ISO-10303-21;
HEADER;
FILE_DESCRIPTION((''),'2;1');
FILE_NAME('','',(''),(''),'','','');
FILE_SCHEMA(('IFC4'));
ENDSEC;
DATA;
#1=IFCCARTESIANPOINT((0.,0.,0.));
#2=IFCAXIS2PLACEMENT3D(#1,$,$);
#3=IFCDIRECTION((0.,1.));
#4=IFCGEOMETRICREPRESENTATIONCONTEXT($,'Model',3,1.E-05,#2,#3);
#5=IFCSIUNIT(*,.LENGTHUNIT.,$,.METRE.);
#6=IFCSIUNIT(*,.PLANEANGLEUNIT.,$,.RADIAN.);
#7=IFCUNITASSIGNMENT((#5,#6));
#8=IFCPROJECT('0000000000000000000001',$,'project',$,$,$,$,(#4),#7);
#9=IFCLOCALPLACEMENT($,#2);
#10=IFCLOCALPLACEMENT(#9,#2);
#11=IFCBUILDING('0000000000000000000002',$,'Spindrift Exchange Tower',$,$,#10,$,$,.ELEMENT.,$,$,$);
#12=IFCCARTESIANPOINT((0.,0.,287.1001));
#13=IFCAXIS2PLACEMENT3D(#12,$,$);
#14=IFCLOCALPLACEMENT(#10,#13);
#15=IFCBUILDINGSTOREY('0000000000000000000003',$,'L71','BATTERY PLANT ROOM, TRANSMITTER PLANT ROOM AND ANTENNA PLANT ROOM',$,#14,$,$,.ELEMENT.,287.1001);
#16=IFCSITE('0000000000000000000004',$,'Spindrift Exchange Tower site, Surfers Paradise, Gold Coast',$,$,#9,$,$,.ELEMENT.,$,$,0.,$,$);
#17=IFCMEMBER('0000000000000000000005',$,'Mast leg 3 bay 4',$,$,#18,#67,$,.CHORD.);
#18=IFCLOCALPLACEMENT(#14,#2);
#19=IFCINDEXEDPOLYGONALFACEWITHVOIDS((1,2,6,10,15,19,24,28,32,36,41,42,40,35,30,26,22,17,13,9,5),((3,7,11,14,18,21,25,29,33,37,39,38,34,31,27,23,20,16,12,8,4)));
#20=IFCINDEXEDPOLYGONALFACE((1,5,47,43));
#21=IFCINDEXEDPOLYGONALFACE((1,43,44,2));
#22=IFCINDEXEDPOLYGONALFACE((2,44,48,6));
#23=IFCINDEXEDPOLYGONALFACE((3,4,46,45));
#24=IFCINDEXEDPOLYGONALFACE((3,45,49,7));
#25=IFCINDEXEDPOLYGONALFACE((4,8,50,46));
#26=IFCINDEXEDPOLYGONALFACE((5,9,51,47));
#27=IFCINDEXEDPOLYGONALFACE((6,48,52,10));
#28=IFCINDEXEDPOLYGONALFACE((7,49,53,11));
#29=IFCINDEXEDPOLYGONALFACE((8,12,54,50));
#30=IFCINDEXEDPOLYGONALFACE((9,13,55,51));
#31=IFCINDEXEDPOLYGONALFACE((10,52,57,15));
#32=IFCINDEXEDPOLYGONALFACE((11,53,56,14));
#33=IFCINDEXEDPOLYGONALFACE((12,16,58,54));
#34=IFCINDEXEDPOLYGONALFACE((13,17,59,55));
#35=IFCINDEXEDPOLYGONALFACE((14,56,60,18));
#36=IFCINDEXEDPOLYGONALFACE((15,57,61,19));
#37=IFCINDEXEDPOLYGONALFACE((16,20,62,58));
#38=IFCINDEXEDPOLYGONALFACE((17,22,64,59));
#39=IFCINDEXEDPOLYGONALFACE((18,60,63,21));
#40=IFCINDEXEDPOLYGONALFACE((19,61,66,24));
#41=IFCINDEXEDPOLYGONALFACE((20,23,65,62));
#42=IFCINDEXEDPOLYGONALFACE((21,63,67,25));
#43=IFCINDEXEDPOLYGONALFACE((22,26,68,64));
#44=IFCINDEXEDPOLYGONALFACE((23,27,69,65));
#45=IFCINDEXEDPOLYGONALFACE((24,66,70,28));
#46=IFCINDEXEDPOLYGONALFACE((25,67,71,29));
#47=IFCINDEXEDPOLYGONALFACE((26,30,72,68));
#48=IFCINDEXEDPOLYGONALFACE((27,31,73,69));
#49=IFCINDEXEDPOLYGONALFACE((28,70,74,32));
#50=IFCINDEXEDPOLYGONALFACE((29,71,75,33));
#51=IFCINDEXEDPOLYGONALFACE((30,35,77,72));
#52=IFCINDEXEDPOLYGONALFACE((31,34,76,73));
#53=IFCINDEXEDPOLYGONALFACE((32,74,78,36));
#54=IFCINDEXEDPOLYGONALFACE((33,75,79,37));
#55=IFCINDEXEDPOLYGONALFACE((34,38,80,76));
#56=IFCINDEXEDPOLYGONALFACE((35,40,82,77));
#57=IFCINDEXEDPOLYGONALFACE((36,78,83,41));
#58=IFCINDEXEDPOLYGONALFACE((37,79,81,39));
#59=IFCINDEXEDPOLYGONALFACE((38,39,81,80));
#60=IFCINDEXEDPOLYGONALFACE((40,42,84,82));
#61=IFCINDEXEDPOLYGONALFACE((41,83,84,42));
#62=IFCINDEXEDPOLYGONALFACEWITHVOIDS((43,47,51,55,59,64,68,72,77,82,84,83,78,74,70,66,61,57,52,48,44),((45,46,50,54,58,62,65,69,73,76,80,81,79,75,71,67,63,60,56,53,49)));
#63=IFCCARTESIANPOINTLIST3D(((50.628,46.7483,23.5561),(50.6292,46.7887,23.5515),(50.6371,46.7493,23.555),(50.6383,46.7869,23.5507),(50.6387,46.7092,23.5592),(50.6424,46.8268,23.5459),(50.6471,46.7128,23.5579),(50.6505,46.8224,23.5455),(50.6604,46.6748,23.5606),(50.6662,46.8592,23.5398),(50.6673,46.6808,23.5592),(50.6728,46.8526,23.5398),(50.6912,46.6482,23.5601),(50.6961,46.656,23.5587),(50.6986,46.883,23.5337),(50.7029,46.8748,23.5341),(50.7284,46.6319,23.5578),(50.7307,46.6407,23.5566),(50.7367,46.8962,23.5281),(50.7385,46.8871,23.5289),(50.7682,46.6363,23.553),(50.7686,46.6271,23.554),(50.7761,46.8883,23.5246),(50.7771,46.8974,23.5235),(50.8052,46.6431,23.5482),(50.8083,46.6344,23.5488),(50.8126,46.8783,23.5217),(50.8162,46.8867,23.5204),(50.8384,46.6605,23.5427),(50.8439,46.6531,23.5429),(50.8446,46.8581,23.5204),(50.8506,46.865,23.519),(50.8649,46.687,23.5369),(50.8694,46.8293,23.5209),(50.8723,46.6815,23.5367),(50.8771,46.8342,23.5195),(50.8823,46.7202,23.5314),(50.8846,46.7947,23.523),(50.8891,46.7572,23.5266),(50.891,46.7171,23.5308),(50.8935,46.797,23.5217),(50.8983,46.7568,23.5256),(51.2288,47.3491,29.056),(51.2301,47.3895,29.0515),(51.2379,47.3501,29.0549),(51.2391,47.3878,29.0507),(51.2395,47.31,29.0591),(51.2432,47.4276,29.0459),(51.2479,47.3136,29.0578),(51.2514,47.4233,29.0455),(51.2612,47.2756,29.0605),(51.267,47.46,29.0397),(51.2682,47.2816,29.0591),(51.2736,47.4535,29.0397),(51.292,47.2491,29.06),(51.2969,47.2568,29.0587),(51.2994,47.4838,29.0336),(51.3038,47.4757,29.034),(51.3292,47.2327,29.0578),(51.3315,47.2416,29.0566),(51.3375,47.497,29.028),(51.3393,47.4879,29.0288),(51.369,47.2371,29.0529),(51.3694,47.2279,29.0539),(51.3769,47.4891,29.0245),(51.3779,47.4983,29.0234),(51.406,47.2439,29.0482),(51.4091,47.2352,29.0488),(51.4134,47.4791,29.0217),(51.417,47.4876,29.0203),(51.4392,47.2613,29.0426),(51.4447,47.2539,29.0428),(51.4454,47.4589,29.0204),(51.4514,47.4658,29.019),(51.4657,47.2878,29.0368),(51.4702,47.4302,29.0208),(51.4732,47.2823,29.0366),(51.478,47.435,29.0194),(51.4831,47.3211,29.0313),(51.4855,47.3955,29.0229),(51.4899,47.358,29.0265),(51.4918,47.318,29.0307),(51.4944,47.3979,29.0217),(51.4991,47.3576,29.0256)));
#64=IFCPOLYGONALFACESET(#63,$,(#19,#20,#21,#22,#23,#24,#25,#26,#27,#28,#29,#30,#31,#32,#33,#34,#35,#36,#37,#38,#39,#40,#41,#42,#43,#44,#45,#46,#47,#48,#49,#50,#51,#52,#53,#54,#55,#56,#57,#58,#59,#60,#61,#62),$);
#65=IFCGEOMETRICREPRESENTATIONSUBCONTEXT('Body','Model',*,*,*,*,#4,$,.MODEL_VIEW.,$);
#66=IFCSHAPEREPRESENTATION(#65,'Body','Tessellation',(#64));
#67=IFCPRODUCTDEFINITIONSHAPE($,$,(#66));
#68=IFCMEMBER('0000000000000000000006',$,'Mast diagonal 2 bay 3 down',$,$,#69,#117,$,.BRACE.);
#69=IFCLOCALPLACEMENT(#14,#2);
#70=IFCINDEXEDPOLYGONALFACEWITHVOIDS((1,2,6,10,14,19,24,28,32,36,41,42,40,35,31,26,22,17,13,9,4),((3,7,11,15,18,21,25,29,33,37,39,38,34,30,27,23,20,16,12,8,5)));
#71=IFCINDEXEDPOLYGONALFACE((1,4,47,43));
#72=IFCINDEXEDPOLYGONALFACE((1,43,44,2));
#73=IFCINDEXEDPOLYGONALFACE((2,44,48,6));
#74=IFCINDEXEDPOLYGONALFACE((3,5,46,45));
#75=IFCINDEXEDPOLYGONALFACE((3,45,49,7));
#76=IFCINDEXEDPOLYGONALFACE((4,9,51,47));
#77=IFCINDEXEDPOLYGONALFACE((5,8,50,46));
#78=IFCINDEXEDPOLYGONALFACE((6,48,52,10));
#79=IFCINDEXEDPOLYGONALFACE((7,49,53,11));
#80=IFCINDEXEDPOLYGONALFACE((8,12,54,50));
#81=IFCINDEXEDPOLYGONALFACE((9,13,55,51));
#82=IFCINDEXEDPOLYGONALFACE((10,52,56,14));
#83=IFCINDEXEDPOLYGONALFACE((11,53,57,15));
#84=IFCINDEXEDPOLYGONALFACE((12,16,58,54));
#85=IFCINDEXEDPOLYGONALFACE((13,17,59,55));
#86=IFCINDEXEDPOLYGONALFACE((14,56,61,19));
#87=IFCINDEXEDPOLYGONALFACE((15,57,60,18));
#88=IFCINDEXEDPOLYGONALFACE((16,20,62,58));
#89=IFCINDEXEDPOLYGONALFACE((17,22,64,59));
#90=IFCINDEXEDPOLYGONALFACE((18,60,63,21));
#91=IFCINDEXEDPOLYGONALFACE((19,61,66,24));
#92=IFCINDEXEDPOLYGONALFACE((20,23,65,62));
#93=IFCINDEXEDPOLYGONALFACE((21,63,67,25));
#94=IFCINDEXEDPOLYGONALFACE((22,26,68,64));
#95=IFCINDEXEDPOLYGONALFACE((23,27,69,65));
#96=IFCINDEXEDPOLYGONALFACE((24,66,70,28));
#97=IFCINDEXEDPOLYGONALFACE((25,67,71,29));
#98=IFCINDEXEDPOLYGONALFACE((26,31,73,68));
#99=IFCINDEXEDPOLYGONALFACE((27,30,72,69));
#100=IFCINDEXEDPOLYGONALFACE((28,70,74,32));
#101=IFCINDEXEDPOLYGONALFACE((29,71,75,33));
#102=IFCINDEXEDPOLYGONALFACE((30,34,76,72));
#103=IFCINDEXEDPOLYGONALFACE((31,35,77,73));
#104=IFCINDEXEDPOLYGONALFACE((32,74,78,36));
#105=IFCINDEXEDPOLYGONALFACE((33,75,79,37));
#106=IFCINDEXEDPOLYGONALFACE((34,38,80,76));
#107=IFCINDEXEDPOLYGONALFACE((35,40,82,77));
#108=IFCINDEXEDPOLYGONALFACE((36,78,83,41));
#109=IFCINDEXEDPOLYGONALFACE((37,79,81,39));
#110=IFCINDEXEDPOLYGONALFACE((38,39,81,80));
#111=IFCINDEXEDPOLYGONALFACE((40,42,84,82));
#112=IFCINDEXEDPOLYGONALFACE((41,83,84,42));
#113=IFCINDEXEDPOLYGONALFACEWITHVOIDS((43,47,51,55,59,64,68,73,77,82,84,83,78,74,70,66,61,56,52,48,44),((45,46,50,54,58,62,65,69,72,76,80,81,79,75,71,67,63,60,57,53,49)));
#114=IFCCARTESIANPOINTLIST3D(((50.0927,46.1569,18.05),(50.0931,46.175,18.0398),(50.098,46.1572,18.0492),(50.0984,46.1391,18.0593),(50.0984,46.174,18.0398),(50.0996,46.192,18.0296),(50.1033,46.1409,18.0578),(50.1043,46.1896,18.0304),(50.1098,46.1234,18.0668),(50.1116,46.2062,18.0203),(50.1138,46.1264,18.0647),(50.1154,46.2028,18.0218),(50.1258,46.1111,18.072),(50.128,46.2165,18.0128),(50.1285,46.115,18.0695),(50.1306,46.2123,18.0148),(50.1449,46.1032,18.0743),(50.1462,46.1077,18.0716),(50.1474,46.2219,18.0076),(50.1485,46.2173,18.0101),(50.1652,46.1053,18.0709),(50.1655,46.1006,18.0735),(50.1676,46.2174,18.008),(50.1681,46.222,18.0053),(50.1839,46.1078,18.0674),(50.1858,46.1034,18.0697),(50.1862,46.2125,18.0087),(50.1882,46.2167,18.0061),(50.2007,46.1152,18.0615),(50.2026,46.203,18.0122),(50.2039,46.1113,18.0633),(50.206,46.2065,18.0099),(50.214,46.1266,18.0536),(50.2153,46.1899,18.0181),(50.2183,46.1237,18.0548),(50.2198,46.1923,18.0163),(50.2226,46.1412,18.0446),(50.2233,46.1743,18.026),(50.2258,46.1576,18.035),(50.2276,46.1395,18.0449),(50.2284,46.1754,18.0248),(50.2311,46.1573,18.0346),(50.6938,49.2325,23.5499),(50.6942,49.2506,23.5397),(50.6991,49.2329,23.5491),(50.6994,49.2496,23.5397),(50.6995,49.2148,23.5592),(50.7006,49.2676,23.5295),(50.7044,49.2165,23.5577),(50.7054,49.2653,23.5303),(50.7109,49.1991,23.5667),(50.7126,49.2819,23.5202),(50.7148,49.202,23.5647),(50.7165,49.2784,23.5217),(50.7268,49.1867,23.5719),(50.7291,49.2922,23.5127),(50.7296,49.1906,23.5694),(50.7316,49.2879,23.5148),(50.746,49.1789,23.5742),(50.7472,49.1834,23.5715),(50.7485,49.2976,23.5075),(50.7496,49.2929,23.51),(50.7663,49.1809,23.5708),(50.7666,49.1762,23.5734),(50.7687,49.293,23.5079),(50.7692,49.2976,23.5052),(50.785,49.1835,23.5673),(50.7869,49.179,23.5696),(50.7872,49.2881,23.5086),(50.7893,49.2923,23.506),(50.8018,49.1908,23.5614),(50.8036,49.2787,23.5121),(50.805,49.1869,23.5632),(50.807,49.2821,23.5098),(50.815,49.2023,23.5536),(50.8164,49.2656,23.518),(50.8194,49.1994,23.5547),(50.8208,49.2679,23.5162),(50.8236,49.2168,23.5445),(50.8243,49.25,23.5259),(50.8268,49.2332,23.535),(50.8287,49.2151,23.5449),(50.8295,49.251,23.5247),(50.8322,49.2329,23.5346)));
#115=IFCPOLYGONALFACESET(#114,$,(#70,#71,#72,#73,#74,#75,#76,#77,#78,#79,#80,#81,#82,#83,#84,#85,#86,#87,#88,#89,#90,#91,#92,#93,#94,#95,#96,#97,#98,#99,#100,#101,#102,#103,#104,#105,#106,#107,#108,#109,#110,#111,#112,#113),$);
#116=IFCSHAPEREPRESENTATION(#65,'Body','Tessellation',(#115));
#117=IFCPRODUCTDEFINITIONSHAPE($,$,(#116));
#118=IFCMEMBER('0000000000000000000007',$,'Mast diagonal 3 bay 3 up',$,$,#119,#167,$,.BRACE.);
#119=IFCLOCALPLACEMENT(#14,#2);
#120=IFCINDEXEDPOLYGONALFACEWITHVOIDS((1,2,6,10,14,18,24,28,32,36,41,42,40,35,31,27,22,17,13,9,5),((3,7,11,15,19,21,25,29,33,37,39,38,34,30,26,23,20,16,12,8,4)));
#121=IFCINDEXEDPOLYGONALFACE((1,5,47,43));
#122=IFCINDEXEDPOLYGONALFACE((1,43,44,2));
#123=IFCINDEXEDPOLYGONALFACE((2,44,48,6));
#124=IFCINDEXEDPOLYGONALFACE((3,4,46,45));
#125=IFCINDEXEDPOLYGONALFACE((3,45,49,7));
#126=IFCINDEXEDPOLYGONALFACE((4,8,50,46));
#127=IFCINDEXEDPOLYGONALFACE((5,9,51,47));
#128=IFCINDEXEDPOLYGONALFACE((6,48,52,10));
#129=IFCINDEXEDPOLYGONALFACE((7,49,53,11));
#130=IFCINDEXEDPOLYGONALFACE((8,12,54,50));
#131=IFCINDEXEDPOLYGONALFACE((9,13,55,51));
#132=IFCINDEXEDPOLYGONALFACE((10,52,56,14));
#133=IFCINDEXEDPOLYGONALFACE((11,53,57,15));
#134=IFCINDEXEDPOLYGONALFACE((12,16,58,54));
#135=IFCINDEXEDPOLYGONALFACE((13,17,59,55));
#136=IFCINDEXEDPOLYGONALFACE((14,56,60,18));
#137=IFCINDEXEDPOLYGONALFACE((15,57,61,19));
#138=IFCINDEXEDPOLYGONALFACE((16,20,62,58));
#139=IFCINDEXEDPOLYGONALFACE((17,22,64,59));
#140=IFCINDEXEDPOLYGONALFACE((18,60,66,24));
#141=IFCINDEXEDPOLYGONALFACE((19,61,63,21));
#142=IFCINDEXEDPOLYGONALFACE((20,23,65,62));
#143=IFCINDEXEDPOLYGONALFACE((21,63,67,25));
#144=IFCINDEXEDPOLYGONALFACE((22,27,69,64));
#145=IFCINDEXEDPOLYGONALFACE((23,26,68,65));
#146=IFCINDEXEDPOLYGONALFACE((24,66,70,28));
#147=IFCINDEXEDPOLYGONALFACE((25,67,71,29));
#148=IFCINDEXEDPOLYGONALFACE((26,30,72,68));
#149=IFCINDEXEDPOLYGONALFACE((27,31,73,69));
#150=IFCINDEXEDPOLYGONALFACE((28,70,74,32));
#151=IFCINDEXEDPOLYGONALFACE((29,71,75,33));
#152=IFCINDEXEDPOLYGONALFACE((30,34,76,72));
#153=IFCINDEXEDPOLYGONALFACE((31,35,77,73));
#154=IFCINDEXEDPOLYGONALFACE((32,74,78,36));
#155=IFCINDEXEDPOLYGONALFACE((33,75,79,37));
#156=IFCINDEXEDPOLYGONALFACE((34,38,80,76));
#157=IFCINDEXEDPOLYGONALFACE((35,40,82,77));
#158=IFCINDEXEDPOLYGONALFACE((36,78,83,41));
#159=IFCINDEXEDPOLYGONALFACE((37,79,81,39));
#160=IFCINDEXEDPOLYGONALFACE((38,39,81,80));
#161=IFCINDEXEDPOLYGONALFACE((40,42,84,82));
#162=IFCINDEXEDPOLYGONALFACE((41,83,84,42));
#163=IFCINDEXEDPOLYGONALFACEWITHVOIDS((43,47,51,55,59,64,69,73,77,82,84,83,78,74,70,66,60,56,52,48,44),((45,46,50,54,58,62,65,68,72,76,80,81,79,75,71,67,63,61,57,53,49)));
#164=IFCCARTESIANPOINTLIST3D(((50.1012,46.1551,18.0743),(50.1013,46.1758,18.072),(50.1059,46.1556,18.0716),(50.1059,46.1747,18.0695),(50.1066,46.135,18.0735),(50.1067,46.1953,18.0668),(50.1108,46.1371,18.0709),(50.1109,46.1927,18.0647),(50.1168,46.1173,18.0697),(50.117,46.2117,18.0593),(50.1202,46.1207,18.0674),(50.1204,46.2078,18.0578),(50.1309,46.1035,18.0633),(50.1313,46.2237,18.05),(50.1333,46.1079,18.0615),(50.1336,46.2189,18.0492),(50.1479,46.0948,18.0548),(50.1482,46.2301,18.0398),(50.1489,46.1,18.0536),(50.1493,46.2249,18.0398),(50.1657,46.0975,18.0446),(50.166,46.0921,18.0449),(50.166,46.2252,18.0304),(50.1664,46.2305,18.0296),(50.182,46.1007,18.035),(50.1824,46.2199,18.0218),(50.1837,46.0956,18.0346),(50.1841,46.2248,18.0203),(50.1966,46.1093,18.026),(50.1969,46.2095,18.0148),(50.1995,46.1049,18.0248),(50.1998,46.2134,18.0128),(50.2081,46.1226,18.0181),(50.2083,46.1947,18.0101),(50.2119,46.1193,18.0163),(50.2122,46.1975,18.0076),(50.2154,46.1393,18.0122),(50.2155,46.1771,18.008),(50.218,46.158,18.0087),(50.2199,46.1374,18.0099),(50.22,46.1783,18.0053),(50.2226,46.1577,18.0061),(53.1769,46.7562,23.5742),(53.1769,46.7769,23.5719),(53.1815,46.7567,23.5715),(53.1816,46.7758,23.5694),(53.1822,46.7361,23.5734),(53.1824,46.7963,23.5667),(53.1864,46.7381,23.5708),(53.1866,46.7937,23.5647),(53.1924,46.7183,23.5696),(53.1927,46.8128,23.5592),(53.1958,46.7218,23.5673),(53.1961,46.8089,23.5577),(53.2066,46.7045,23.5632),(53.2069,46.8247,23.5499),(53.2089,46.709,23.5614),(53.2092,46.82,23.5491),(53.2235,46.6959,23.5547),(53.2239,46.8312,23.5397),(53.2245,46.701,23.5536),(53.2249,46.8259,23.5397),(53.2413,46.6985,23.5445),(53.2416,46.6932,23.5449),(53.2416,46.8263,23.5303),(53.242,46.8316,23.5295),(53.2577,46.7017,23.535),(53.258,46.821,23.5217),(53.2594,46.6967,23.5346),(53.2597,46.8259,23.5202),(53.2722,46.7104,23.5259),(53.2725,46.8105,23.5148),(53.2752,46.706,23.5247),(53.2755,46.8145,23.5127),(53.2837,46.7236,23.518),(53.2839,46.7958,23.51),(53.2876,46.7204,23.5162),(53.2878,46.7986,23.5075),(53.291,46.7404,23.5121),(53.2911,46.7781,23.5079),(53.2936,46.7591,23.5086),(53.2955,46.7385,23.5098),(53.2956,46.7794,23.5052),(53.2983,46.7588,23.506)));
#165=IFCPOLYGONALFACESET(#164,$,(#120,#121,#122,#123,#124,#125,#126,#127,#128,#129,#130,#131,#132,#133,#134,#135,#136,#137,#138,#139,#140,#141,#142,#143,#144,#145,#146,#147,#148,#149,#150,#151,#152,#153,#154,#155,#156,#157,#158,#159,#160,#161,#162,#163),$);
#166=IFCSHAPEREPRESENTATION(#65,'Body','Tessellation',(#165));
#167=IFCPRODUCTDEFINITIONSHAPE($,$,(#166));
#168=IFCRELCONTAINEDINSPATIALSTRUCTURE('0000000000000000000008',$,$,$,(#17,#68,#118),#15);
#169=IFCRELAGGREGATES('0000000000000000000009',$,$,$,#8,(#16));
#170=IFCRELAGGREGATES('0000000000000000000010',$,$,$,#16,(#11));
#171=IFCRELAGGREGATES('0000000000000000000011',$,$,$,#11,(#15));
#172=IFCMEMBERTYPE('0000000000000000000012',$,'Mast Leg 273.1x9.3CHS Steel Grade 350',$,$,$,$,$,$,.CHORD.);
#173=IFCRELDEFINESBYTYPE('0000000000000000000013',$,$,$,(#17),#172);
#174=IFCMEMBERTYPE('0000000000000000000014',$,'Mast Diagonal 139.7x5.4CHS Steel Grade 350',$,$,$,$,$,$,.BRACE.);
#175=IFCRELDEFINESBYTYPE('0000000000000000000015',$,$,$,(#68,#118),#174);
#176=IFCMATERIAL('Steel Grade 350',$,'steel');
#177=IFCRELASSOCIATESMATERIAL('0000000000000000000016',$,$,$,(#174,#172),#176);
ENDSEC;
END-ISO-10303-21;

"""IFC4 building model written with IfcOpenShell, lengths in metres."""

from ifc_helpers import new_model, si_unit, direction, frame, origin, origin_2d, place, context, subcontext, project, spatial, hollow_circle, extrude, source, transform, mapped, material, material_profile, profile_set, type_object, element, save


model = new_model("IFC4")

# Units and contexts
model_context = context("Model", 3, precision=1e-05, world=origin(), true_north=direction((0.0, 1.0)))
body_context = subcontext(model_context, "Body", "Model", "MODEL_VIEW")
ifc_project = project(units=[si_unit("LENGTHUNIT", "METRE"), si_unit("PLANEANGLEUNIT", "RADIAN")], contexts=[model_context])

# Site, building, storey
site_placement = place(None, origin())
site = spatial("IfcSite", under=ifc_project, at=site_placement, Name="Spindrift Exchange Tower site, Surfers Paradise, Gold Coast", CompositionType="ELEMENT", RefElevation=0.0)
building_placement = place(site_placement, origin())
building = spatial("IfcBuilding", under=site, at=building_placement, Name="Spindrift Exchange Tower", CompositionType="ELEMENT")
storey_placement = place(building_placement, frame((0.0, 0.0, 287.1001)))
storey = spatial("IfcBuildingStorey", under=building, at=storey_placement, Name="L71", Description="BATTERY PLANT ROOM, TRANSMITTER PLANT ROOM AND ANTENNA PLANT ROOM", CompositionType="ELEMENT", Elevation=287.1001)

# Members
ifc_material_1 = material(Name="Steel Grade 350", Category="steel")
ifc_material_profile_1 = material_profile(ifc_material_1, hollow_circle(Radius=0.0698, WallThickness=0.0054, at=origin_2d()), Name="139.7x5.4CHS")
ifc_profile_set_1 = profile_set([ifc_material_profile_1], Name="Steel Grade 350")
member_type_1 = type_object("IfcMemberType", Name="Mast Diagonal 139.7x5.4CHS Steel Grade 350", PredefinedType="BRACE", material=ifc_profile_set_1)
ifc_material_profile_2 = material_profile(ifc_material_1, hollow_circle(Radius=0.1365, WallThickness=0.0093, at=origin_2d()), Name="273.1x9.3CHS")
ifc_profile_set_2 = profile_set([ifc_material_profile_2], Name="Steel Grade 350")
member_type_2 = type_object("IfcMemberType", Name="Mast Leg 273.1x9.3CHS Steel Grade 350", PredefinedType="CHORD", material=ifc_profile_set_2)
shared_shape_1 = source(origin(), body_context, "Body", "SweptSolid", [
    extrude(hollow_circle(Radius=0.1365, WallThickness=0.0093, at=origin_2d()), origin(), (0.0, 0.0, 1.0), 5.5652),
])
for number, where, z_axis, x_axis, name in (
    (1, (50.7627, 46.7627, 23.5398), (0.107961, 0.107961, 0.988276), (-0.707107, 0.707107, 0.0), "Mast leg 3 bay 4"),
):
    element("IfcMember", number, at=place(storey_placement, frame(where, z_axis=z_axis, x_axis=x_axis)), inside=storey, type_object=member_type_2, Name=name, PredefinedType="CHORD", context=body_context, shape_type="MappedRepresentation", body=[
        mapped(shared_shape_1, transform((0.0, 0.0, 0.0), scale=1.0)),
    ])
shared_shape_2 = source(origin(), body_context, "Body", "SweptSolid", [
    extrude(hollow_circle(Radius=0.0698, WallThickness=0.0054, at=origin_2d()), origin(), (0.0, 0.0, 1.0), 6.3301),
])
for number, where, z_axis, x_axis, name in (
    (2, (50.1616, 46.1616, 18.0398), (0.094954, 0.485877, 0.868854), (-0.981434, 0.1918, 0.0), "Mast diagonal 2 bay 3 down"),
    (3, (50.1616, 46.1616, 18.0398), (0.485877, 0.094954, 0.868854), (-0.1918, 0.981434, 0.0), "Mast diagonal 3 bay 3 up"),
):
    element("IfcMember", number, at=place(storey_placement, frame(where, z_axis=z_axis, x_axis=x_axis)), inside=storey, type_object=member_type_1, Name=name, PredefinedType="BRACE", context=body_context, shape_type="MappedRepresentation", body=[
        mapped(shared_shape_2, transform((0.0, 0.0, 0.0), scale=1.0)),
    ])

save(model, "model.ifc")
